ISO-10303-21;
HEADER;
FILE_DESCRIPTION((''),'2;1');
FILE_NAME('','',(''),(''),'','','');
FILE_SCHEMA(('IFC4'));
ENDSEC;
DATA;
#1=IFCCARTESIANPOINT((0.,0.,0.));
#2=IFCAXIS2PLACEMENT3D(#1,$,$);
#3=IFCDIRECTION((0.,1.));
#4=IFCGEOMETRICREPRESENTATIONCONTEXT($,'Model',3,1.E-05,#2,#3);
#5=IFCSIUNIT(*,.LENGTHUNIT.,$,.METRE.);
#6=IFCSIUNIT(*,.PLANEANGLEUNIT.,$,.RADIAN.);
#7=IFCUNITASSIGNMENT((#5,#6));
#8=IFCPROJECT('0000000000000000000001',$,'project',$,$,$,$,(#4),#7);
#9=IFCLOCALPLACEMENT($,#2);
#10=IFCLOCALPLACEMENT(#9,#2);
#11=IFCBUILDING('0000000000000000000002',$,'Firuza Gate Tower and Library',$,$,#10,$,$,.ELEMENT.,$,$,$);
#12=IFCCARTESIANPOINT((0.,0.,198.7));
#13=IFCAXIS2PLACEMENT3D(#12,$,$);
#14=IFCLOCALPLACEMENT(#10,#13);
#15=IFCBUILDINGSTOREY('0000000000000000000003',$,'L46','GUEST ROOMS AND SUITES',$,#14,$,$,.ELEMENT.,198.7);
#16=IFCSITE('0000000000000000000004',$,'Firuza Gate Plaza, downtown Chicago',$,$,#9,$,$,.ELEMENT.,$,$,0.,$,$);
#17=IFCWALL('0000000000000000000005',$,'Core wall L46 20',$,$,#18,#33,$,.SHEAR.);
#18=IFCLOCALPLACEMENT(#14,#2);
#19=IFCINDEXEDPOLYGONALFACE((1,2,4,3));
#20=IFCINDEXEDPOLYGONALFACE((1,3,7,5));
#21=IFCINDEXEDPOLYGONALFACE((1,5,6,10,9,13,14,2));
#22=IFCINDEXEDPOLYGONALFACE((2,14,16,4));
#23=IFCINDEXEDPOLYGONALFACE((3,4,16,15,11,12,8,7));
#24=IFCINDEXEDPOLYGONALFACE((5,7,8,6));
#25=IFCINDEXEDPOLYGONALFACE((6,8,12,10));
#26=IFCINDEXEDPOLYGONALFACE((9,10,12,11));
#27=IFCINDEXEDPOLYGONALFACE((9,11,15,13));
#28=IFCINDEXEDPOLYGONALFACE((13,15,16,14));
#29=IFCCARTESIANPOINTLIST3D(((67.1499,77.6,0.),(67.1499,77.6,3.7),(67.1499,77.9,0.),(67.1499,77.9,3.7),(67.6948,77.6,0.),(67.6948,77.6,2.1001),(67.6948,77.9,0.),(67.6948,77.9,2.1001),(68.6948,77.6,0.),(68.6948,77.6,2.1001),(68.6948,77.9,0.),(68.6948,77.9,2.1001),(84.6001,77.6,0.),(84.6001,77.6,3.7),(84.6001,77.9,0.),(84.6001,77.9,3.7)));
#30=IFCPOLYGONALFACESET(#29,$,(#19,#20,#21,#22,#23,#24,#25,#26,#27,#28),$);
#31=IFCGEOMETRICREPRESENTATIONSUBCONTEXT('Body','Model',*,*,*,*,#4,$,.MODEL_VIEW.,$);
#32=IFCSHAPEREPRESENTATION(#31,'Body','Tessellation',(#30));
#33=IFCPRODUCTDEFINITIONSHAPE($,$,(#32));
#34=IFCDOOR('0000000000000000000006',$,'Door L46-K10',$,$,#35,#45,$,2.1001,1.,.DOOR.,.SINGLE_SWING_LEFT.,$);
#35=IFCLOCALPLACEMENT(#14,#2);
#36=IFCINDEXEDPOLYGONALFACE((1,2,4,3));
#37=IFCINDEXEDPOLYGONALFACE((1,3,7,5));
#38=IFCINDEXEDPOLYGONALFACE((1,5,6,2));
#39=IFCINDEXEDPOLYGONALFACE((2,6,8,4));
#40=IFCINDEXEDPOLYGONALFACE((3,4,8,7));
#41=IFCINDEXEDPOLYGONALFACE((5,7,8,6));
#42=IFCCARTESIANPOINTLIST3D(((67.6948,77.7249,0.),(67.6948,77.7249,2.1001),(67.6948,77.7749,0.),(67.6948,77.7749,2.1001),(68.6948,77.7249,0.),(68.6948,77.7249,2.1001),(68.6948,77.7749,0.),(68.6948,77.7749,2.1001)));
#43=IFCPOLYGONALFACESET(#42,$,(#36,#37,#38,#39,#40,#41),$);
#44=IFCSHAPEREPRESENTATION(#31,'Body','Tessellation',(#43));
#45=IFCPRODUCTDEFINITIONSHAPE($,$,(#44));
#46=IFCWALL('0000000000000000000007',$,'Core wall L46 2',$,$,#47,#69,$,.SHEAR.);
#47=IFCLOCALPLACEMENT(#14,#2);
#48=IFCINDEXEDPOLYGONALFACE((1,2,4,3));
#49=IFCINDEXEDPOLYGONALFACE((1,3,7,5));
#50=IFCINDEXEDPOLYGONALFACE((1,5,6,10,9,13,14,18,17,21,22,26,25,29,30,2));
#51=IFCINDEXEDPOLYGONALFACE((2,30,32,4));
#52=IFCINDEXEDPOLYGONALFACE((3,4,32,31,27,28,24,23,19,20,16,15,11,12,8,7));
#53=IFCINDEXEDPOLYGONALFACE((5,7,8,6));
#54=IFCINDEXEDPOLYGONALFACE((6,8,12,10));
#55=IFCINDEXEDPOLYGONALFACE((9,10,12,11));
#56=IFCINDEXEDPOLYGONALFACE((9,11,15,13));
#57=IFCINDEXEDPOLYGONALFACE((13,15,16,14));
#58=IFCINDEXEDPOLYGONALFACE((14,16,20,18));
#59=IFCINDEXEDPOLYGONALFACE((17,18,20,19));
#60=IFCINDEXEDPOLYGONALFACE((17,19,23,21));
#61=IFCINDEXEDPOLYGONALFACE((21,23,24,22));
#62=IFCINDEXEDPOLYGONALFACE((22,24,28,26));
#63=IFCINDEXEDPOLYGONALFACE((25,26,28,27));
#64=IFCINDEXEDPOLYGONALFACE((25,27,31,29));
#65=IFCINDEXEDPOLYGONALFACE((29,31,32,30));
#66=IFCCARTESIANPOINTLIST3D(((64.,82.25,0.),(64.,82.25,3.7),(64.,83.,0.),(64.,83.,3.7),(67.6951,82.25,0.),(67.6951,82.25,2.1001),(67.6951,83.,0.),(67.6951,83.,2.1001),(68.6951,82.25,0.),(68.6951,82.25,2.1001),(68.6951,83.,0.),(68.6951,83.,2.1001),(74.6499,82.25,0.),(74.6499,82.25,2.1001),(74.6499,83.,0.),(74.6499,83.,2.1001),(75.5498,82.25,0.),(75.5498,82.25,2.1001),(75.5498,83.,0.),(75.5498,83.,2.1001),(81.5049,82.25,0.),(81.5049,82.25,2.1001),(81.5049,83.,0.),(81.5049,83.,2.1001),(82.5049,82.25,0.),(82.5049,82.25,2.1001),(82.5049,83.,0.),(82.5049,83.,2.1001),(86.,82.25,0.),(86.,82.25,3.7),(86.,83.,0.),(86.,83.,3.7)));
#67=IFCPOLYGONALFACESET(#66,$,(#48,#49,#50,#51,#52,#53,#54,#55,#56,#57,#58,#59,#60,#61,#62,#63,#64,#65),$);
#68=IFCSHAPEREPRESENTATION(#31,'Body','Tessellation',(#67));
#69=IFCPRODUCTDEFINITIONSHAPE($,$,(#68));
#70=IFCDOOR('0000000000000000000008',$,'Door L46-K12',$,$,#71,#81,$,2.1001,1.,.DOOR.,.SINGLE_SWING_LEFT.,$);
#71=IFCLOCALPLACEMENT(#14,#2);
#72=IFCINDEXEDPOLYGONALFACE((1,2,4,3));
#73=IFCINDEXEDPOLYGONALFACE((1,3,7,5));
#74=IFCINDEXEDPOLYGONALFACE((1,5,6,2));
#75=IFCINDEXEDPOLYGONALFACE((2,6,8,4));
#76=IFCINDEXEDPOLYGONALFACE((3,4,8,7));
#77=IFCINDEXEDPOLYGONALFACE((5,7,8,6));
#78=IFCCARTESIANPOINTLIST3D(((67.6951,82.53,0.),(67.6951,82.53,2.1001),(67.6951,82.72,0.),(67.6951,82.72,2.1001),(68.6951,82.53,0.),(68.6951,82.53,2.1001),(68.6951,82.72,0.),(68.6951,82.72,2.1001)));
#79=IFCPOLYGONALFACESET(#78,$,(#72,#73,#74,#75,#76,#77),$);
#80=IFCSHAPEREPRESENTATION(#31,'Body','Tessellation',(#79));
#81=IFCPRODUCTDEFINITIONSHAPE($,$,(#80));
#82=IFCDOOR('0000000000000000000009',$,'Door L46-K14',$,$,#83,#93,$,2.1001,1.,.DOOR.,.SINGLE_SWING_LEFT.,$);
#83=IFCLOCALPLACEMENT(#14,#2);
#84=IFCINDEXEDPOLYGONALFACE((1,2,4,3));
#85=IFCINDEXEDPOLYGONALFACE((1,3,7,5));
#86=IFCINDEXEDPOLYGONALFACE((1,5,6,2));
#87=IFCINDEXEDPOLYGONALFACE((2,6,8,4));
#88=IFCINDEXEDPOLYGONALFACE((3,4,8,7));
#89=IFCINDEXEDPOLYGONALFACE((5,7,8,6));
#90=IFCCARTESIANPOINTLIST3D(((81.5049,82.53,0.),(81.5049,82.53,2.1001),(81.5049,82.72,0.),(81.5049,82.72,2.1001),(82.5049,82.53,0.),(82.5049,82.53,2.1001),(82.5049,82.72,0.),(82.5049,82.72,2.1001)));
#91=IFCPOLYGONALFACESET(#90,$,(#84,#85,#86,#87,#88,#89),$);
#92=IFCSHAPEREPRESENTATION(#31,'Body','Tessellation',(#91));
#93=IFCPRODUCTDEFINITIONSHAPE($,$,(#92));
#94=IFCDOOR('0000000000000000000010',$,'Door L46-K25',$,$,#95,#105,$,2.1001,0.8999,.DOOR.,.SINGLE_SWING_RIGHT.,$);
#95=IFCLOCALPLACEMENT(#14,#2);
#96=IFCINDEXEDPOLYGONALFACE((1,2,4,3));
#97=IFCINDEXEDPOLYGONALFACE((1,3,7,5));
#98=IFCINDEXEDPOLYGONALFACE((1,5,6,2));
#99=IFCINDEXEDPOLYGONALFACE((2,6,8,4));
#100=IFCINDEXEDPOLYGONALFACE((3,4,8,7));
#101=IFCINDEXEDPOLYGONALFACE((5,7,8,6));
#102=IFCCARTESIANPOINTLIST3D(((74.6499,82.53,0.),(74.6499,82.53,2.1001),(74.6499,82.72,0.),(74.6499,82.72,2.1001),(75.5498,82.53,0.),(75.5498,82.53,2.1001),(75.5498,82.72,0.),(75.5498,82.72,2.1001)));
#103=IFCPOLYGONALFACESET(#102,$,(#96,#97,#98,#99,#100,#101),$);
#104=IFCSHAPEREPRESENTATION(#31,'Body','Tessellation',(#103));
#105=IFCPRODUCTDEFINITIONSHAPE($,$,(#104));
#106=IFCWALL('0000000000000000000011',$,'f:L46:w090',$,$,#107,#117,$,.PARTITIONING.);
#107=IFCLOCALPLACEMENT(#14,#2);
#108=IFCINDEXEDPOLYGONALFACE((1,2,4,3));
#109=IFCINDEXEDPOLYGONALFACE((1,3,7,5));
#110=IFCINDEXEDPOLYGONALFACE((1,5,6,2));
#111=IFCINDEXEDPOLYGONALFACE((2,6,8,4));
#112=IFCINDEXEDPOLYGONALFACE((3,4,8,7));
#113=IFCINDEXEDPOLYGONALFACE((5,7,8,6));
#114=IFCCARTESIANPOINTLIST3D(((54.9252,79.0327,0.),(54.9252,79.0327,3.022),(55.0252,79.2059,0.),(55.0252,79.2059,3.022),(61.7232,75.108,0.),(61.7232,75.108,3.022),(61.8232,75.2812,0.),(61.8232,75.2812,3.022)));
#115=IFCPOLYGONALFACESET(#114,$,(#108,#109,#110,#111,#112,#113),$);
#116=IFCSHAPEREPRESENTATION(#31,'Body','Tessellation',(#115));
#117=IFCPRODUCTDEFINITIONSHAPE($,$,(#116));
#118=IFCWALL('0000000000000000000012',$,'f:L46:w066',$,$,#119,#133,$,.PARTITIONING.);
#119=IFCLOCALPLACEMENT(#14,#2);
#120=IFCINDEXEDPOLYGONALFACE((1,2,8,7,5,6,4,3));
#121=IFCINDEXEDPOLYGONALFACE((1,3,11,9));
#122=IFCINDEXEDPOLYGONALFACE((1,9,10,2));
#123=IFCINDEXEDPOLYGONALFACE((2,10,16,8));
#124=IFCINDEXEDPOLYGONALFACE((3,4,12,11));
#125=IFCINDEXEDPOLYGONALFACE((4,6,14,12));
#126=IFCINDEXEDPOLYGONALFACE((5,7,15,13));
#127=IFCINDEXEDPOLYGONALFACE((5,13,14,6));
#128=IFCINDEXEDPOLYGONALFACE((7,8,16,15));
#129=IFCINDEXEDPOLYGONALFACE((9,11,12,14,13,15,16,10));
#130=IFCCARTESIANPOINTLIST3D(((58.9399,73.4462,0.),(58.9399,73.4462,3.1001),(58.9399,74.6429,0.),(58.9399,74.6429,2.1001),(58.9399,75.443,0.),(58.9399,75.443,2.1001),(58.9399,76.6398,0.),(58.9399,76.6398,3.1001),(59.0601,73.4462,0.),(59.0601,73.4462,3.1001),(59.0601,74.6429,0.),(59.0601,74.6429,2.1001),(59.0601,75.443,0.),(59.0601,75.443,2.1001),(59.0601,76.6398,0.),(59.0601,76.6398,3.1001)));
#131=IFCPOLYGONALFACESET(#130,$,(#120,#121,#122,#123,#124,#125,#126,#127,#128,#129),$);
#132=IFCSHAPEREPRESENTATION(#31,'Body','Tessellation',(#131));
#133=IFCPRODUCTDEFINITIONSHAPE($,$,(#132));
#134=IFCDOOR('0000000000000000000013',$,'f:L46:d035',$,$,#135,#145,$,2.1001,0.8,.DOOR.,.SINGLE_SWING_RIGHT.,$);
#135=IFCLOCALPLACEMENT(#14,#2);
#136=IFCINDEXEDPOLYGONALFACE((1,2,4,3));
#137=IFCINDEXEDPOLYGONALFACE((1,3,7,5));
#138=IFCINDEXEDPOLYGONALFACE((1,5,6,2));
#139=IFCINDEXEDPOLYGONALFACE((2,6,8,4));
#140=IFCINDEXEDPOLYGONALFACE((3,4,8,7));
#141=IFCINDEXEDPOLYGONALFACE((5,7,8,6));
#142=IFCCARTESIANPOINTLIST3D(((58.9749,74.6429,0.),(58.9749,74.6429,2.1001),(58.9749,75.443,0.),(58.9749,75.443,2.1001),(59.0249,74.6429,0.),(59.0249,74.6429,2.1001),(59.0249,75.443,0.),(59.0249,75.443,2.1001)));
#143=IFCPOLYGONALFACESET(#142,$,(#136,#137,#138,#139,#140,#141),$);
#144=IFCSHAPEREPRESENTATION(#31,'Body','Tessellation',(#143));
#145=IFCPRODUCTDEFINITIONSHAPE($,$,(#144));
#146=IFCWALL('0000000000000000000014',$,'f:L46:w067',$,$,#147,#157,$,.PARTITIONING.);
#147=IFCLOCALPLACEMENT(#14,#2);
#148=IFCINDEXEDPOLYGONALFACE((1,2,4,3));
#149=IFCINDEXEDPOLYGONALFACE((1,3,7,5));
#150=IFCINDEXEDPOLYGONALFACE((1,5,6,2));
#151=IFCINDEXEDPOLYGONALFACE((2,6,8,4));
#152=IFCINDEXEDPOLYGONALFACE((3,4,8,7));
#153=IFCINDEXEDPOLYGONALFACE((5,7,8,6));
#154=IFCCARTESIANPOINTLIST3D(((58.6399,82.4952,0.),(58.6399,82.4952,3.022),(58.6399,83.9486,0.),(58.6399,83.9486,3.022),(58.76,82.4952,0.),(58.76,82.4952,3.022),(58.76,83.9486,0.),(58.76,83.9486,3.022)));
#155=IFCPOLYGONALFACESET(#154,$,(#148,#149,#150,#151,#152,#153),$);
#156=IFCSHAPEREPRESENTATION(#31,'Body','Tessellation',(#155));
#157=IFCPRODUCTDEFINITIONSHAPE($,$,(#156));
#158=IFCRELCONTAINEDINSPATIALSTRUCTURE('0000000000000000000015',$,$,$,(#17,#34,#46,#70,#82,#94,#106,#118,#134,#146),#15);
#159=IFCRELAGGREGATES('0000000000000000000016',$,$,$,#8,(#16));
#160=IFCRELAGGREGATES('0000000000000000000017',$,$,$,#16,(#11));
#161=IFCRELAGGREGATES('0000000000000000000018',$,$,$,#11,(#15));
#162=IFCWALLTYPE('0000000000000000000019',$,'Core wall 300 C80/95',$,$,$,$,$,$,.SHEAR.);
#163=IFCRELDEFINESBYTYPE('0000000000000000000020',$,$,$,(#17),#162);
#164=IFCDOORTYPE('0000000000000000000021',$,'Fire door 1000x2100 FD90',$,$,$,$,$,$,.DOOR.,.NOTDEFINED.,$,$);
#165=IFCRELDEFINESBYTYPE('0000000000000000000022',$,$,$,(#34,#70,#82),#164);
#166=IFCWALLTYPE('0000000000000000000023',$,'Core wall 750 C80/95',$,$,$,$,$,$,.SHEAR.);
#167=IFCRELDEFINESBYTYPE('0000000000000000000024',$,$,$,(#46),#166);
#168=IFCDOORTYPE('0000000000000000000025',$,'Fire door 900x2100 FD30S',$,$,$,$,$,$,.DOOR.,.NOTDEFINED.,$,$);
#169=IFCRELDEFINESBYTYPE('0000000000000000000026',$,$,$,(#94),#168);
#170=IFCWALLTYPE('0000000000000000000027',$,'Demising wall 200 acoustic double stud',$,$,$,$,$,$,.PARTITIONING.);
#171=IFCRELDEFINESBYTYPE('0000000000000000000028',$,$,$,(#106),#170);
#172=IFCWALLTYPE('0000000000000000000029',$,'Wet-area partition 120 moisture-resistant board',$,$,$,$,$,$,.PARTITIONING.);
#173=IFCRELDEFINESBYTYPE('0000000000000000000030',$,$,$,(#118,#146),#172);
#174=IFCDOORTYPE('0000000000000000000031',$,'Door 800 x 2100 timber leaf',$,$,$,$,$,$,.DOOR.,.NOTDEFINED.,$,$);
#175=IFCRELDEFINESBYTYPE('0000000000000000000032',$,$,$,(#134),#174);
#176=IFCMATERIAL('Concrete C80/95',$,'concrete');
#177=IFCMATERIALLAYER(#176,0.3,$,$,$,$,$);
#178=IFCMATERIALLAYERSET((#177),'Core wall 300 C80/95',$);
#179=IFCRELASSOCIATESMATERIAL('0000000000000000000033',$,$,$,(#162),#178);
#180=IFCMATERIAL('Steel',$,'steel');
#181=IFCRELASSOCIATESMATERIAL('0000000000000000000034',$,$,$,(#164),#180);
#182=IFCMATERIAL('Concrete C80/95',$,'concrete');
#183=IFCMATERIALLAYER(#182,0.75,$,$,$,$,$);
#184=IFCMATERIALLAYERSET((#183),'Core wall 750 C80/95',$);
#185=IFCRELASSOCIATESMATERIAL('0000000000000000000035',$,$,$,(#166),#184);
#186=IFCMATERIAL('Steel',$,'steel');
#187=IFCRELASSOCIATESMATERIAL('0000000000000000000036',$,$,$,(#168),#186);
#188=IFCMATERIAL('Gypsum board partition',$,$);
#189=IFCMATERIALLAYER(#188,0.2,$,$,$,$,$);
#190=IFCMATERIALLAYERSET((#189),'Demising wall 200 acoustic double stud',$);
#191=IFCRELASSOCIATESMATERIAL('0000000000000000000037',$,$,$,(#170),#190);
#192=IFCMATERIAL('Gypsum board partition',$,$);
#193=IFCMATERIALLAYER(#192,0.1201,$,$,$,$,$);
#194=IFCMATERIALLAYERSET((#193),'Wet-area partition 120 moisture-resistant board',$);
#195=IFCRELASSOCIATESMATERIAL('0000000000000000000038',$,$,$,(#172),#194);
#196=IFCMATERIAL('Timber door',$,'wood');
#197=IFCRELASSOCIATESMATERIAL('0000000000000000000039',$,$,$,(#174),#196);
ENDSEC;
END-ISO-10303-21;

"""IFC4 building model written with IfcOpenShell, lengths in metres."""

from ifc_helpers import new_model, si_unit, direction, frame, frame_2d, origin, place, context, subcontext, project, spatial, rectangle, extrude, material, layer, layer_set, type_object, element, fill, save


model = new_model("IFC4")

# Units and contexts
model_context = context("Model", 3, precision=1e-05, world=origin(), true_north=direction((0.0, 1.0)))
body_context = subcontext(model_context, "Body", "Model", "MODEL_VIEW")
ifc_project = project(units=[si_unit("LENGTHUNIT", "METRE"), si_unit("PLANEANGLEUNIT", "RADIAN")], contexts=[model_context])

# Site, building, storey
site_placement = place(None, origin())
site = spatial("IfcSite", under=ifc_project, at=site_placement, Name="Firuza Gate Plaza, downtown Chicago", CompositionType="ELEMENT", RefElevation=0.0)
building_placement = place(site_placement, origin())
building = spatial("IfcBuilding", under=site, at=building_placement, Name="Firuza Gate Tower and Library", CompositionType="ELEMENT")
storey_placement = place(building_placement, frame((0.0, 0.0, 198.7)))
storey = spatial("IfcBuildingStorey", under=building, at=storey_placement, Name="L46", Description="GUEST ROOMS AND SUITES", CompositionType="ELEMENT", Elevation=198.7)

# Wall, opening, door
ifc_material_1 = material(Name="Concrete C80/95", Category="concrete")
ifc_layer_1 = layer(ifc_material_1, 0.3)
ifc_layer_set_1 = layer_set([ifc_layer_1], Name="Core wall 300 C80/95")
wall_type_1 = type_object("IfcWallType", Name="Core wall 300 C80/95", PredefinedType="SHEAR", material=ifc_layer_set_1)
wall_1_placement = place(storey_placement, frame((67.1499, 77.75, 0.0), z_axis=(0.0, 0.0, 1.0), x_axis=(1.0, 0.0, 0.0)))
wall_1 = element("IfcWall", 1, at=wall_1_placement, inside=storey, type_object=wall_type_1, Name="Core wall L46 20", PredefinedType="SHEAR", context=body_context, shape_type="SweptSolid", body=[
    extrude(rectangle(XDim=17.4502, YDim=0.3, at=frame_2d((8.7251, 0.0))), origin(), (0.0, 0.0, 1.0), 3.7),
])
opening_1_placement = place(wall_1_placement, frame((0.5449, 0.0, 0.0)))
opening_1 = element("IfcOpeningElement", 2, at=opening_1_placement, cuts=wall_1, PredefinedType="OPENING", context=body_context, shape_type="SweptSolid", body=[
    extrude(rectangle(XDim=1.0, YDim=2.1001, at=frame_2d((0.5, 1.05))), frame((0.0, 0.1602, 0.0), z_axis=(0.0, -1.0, 0.0), x_axis=(1.0, 0.0, 0.0)), (0.0, 0.0, 1.0), 0.3201),
])
ifc_material_2 = material(Name="Steel", Category="steel")
door_type_1 = type_object("IfcDoorType", Name="Fire door 1000x2100 FD90", OperationType="NOTDEFINED", PredefinedType="DOOR", material=ifc_material_2)
door_1_placement = place(opening_1_placement, origin())
door_1 = element("IfcDoor", 3, at=door_1_placement, inside=storey, type_object=door_type_1, Name="Door L46-K10", OperationType="SINGLE_SWING_LEFT", OverallHeight=2.1001, OverallWidth=1.0, PredefinedType="DOOR", context=body_context, shape_type="SweptSolid", body=[
    extrude(rectangle(XDim=1.0, YDim=2.1001, at=frame_2d((0.5, 1.05))), frame((0.0, 0.0249, 0.0), z_axis=(0.0, -1.0, 0.0), x_axis=(1.0, 0.0, 0.0)), (0.0, 0.0, 1.0), 0.05),
])
fill(opening_1, door_1)

# Wall, openings, doors
ifc_material_3 = material(Name="Concrete C80/95", Category="concrete")
ifc_layer_2 = layer(ifc_material_3, 0.75)
ifc_layer_set_2 = layer_set([ifc_layer_2], Name="Core wall 750 C80/95")
wall_type_2 = type_object("IfcWallType", Name="Core wall 750 C80/95", PredefinedType="SHEAR", material=ifc_layer_set_2)
wall_2_placement = place(storey_placement, frame((64.0, 82.625, 0.0), z_axis=(0.0, 0.0, 1.0), x_axis=(1.0, 0.0, 0.0)))
wall_2 = element("IfcWall", 4, at=wall_2_placement, inside=storey, type_object=wall_type_2, Name="Core wall L46 2", PredefinedType="SHEAR", context=body_context, shape_type="SweptSolid", body=[
    extrude(rectangle(XDim=22.0, YDim=0.75, at=frame_2d((11.0, 0.0))), origin(), (0.0, 0.0, 1.0), 3.7),
])
opening_2_placement = place(wall_2_placement, frame((3.6951, 0.0, 0.0)))
opening_2 = element("IfcOpeningElement", 5, at=opening_2_placement, cuts=wall_2, PredefinedType="OPENING", context=body_context, shape_type="SweptSolid", body=[
    extrude(rectangle(XDim=1.0, YDim=2.1001, at=frame_2d((0.5, 1.05))), frame((0.0, 0.385, 0.0), z_axis=(0.0, -1.0, 0.0), x_axis=(1.0, 0.0, 0.0)), (0.0, 0.0, 1.0), 0.77),
])
opening_3_placement = place(wall_2_placement, frame((17.5049, 0.0, 0.0)))
opening_3 = element("IfcOpeningElement", 6, at=opening_3_placement, cuts=wall_2, PredefinedType="OPENING", context=body_context, shape_type="SweptSolid", body=[
    extrude(rectangle(XDim=1.0, YDim=2.1001, at=frame_2d((0.5, 1.05))), frame((0.0, 0.385, 0.0), z_axis=(0.0, -1.0, 0.0), x_axis=(1.0, 0.0, 0.0)), (0.0, 0.0, 1.0), 0.77),
])
opening_4_placement = place(wall_2_placement, frame((10.6499, 0.0, 0.0)))
opening_4 = element("IfcOpeningElement", 7, at=opening_4_placement, cuts=wall_2, PredefinedType="OPENING", context=body_context, shape_type="SweptSolid", body=[
    extrude(rectangle(XDim=0.8999, YDim=2.1001, at=frame_2d((0.45, 1.05))), frame((0.0, 0.385, 0.0), z_axis=(0.0, -1.0, 0.0), x_axis=(1.0, 0.0, 0.0)), (0.0, 0.0, 1.0), 0.77),
])
door_2_placement = place(opening_2_placement, origin())
door_2 = element("IfcDoor", 8, at=door_2_placement, inside=storey, type_object=door_type_1, Name="Door L46-K12", OperationType="SINGLE_SWING_LEFT", OverallHeight=2.1001, OverallWidth=1.0, PredefinedType="DOOR", context=body_context, shape_type="SweptSolid", body=[
    extrude(rectangle(XDim=1.0, YDim=2.1001, at=frame_2d((0.5, 1.05))), frame((0.0, 0.095, 0.0), z_axis=(0.0, -1.0, 0.0), x_axis=(1.0, 0.0, 0.0)), (0.0, 0.0, 1.0), 0.1899),
])
fill(opening_2, door_2)
door_3_placement = place(opening_3_placement, origin())
door_3 = element("IfcDoor", 9, at=door_3_placement, inside=storey, type_object=door_type_1, Name="Door L46-K14", OperationType="SINGLE_SWING_LEFT", OverallHeight=2.1001, OverallWidth=1.0, PredefinedType="DOOR", context=body_context, shape_type="SweptSolid", body=[
    extrude(rectangle(XDim=1.0, YDim=2.1001, at=frame_2d((0.5, 1.05))), frame((0.0, 0.095, 0.0), z_axis=(0.0, -1.0, 0.0), x_axis=(1.0, 0.0, 0.0)), (0.0, 0.0, 1.0), 0.1899),
])
fill(opening_3, door_3)
ifc_material_4 = material(Name="Steel", Category="steel")
door_type_2 = type_object("IfcDoorType", Name="Fire door 900x2100 FD30S", OperationType="NOTDEFINED", PredefinedType="DOOR", material=ifc_material_4)
door_4_placement = place(opening_4_placement, origin())
door_4 = element("IfcDoor", 10, at=door_4_placement, inside=storey, type_object=door_type_2, Name="Door L46-K25", OperationType="SINGLE_SWING_RIGHT", OverallHeight=2.1001, OverallWidth=0.8999, PredefinedType="DOOR", context=body_context, shape_type="SweptSolid", body=[
    extrude(rectangle(XDim=0.8999, YDim=2.1001, at=frame_2d((0.45, 1.05))), frame((0.0, 0.095, 0.0), z_axis=(0.0, -1.0, 0.0), x_axis=(1.0, 0.0, 0.0)), (0.0, 0.0, 1.0), 0.1899),
])
fill(opening_4, door_4)

# Wall
ifc_material_5 = material(Name="Gypsum board partition")
ifc_layer_3 = layer(ifc_material_5, 0.2)
ifc_layer_set_3 = layer_set([ifc_layer_3], Name="Demising wall 200 acoustic double stud")
wall_type_3 = type_object("IfcWallType", Name="Demising wall 200 acoustic double stud", PredefinedType="PARTITIONING", material=ifc_layer_set_3)
wall_3_placement = place(storey_placement, frame((61.7732, 75.1946, 0.0), z_axis=(0.0, 0.0, 1.0), x_axis=(-0.86603, 0.499993, 0.0)))
element("IfcWall", 11, at=wall_3_placement, inside=storey, type_object=wall_type_3, Name="f:L46:w090", PredefinedType="PARTITIONING", context=body_context, shape_type="SweptSolid", body=[
    extrude(rectangle(XDim=7.8496, YDim=0.2, at=frame_2d((3.9248, 0.0))), origin(), (0.0, 0.0, 1.0), 3.022),
])

# Wall, opening, door
ifc_material_6 = material(Name="Gypsum board partition")
ifc_layer_4 = layer(ifc_material_6, 0.1201)
ifc_layer_set_4 = layer_set([ifc_layer_4], Name="Wet-area partition 120 moisture-resistant board")
wall_type_4 = type_object("IfcWallType", Name="Wet-area partition 120 moisture-resistant board", PredefinedType="PARTITIONING", material=ifc_layer_set_4)
wall_4_placement = place(storey_placement, frame((59.0, 76.6396, 0.0), z_axis=(0.0, 0.0, 1.0), x_axis=(0.0, -1.0, 0.0)))
wall_4 = element("IfcWall", 12, at=wall_4_placement, inside=storey, type_object=wall_type_4, Name="f:L46:w066", PredefinedType="PARTITIONING", context=body_context, shape_type="SweptSolid", body=[
    extrude(rectangle(XDim=3.1936, YDim=0.1201, at=frame_2d((1.5967, 0.0))), origin(), (0.0, 0.0, 1.0), 3.1001),
])
opening_5_placement = place(wall_4_placement, frame((1.1968, 0.0, 0.0)))
opening_5 = element("IfcOpeningElement", 13, at=opening_5_placement, cuts=wall_4, PredefinedType="OPENING", context=body_context, shape_type="SweptSolid", body=[
    extrude(rectangle(XDim=0.8, YDim=2.1001, at=frame_2d((0.3999, 1.05))), frame((0.0, 0.0701, 0.0), z_axis=(0.0, -1.0, 0.0), x_axis=(1.0, 0.0, 0.0)), (0.0, 0.0, 1.0), 0.1401),
])
ifc_material_7 = material(Name="Timber door", Category="wood")
door_type_3 = type_object("IfcDoorType", Name="Door 800 x 2100 timber leaf", OperationType="NOTDEFINED", PredefinedType="DOOR", material=ifc_material_7)
door_5_placement = place(opening_5_placement, origin())
door_5 = element("IfcDoor", 14, at=door_5_placement, inside=storey, type_object=door_type_3, Name="f:L46:d035", OperationType="SINGLE_SWING_RIGHT", OverallHeight=2.1001, OverallWidth=0.8, PredefinedType="DOOR", context=body_context, shape_type="SweptSolid", body=[
    extrude(rectangle(XDim=0.8, YDim=2.1001, at=frame_2d((0.3999, 1.05))), frame((0.0, 0.0249, 0.0), z_axis=(0.0, -1.0, 0.0), x_axis=(1.0, 0.0, 0.0)), (0.0, 0.0, 1.0), 0.05),
])
fill(opening_5, door_5)

# Wall
wall_5_placement = place(storey_placement, frame((58.7, 82.4954, 0.0), z_axis=(0.0, 0.0, 1.0), x_axis=(0.0, 1.0, 0.0)))
element("IfcWall", 15, at=wall_5_placement, inside=storey, type_object=wall_type_4, Name="f:L46:w067", PredefinedType="PARTITIONING", context=body_context, shape_type="SweptSolid", body=[
    extrude(rectangle(XDim=1.4534, YDim=0.1201, at=frame_2d((0.7266, 0.0))), origin(), (0.0, 0.0, 1.0), 3.022),
])

save(model, "model.ifc")
